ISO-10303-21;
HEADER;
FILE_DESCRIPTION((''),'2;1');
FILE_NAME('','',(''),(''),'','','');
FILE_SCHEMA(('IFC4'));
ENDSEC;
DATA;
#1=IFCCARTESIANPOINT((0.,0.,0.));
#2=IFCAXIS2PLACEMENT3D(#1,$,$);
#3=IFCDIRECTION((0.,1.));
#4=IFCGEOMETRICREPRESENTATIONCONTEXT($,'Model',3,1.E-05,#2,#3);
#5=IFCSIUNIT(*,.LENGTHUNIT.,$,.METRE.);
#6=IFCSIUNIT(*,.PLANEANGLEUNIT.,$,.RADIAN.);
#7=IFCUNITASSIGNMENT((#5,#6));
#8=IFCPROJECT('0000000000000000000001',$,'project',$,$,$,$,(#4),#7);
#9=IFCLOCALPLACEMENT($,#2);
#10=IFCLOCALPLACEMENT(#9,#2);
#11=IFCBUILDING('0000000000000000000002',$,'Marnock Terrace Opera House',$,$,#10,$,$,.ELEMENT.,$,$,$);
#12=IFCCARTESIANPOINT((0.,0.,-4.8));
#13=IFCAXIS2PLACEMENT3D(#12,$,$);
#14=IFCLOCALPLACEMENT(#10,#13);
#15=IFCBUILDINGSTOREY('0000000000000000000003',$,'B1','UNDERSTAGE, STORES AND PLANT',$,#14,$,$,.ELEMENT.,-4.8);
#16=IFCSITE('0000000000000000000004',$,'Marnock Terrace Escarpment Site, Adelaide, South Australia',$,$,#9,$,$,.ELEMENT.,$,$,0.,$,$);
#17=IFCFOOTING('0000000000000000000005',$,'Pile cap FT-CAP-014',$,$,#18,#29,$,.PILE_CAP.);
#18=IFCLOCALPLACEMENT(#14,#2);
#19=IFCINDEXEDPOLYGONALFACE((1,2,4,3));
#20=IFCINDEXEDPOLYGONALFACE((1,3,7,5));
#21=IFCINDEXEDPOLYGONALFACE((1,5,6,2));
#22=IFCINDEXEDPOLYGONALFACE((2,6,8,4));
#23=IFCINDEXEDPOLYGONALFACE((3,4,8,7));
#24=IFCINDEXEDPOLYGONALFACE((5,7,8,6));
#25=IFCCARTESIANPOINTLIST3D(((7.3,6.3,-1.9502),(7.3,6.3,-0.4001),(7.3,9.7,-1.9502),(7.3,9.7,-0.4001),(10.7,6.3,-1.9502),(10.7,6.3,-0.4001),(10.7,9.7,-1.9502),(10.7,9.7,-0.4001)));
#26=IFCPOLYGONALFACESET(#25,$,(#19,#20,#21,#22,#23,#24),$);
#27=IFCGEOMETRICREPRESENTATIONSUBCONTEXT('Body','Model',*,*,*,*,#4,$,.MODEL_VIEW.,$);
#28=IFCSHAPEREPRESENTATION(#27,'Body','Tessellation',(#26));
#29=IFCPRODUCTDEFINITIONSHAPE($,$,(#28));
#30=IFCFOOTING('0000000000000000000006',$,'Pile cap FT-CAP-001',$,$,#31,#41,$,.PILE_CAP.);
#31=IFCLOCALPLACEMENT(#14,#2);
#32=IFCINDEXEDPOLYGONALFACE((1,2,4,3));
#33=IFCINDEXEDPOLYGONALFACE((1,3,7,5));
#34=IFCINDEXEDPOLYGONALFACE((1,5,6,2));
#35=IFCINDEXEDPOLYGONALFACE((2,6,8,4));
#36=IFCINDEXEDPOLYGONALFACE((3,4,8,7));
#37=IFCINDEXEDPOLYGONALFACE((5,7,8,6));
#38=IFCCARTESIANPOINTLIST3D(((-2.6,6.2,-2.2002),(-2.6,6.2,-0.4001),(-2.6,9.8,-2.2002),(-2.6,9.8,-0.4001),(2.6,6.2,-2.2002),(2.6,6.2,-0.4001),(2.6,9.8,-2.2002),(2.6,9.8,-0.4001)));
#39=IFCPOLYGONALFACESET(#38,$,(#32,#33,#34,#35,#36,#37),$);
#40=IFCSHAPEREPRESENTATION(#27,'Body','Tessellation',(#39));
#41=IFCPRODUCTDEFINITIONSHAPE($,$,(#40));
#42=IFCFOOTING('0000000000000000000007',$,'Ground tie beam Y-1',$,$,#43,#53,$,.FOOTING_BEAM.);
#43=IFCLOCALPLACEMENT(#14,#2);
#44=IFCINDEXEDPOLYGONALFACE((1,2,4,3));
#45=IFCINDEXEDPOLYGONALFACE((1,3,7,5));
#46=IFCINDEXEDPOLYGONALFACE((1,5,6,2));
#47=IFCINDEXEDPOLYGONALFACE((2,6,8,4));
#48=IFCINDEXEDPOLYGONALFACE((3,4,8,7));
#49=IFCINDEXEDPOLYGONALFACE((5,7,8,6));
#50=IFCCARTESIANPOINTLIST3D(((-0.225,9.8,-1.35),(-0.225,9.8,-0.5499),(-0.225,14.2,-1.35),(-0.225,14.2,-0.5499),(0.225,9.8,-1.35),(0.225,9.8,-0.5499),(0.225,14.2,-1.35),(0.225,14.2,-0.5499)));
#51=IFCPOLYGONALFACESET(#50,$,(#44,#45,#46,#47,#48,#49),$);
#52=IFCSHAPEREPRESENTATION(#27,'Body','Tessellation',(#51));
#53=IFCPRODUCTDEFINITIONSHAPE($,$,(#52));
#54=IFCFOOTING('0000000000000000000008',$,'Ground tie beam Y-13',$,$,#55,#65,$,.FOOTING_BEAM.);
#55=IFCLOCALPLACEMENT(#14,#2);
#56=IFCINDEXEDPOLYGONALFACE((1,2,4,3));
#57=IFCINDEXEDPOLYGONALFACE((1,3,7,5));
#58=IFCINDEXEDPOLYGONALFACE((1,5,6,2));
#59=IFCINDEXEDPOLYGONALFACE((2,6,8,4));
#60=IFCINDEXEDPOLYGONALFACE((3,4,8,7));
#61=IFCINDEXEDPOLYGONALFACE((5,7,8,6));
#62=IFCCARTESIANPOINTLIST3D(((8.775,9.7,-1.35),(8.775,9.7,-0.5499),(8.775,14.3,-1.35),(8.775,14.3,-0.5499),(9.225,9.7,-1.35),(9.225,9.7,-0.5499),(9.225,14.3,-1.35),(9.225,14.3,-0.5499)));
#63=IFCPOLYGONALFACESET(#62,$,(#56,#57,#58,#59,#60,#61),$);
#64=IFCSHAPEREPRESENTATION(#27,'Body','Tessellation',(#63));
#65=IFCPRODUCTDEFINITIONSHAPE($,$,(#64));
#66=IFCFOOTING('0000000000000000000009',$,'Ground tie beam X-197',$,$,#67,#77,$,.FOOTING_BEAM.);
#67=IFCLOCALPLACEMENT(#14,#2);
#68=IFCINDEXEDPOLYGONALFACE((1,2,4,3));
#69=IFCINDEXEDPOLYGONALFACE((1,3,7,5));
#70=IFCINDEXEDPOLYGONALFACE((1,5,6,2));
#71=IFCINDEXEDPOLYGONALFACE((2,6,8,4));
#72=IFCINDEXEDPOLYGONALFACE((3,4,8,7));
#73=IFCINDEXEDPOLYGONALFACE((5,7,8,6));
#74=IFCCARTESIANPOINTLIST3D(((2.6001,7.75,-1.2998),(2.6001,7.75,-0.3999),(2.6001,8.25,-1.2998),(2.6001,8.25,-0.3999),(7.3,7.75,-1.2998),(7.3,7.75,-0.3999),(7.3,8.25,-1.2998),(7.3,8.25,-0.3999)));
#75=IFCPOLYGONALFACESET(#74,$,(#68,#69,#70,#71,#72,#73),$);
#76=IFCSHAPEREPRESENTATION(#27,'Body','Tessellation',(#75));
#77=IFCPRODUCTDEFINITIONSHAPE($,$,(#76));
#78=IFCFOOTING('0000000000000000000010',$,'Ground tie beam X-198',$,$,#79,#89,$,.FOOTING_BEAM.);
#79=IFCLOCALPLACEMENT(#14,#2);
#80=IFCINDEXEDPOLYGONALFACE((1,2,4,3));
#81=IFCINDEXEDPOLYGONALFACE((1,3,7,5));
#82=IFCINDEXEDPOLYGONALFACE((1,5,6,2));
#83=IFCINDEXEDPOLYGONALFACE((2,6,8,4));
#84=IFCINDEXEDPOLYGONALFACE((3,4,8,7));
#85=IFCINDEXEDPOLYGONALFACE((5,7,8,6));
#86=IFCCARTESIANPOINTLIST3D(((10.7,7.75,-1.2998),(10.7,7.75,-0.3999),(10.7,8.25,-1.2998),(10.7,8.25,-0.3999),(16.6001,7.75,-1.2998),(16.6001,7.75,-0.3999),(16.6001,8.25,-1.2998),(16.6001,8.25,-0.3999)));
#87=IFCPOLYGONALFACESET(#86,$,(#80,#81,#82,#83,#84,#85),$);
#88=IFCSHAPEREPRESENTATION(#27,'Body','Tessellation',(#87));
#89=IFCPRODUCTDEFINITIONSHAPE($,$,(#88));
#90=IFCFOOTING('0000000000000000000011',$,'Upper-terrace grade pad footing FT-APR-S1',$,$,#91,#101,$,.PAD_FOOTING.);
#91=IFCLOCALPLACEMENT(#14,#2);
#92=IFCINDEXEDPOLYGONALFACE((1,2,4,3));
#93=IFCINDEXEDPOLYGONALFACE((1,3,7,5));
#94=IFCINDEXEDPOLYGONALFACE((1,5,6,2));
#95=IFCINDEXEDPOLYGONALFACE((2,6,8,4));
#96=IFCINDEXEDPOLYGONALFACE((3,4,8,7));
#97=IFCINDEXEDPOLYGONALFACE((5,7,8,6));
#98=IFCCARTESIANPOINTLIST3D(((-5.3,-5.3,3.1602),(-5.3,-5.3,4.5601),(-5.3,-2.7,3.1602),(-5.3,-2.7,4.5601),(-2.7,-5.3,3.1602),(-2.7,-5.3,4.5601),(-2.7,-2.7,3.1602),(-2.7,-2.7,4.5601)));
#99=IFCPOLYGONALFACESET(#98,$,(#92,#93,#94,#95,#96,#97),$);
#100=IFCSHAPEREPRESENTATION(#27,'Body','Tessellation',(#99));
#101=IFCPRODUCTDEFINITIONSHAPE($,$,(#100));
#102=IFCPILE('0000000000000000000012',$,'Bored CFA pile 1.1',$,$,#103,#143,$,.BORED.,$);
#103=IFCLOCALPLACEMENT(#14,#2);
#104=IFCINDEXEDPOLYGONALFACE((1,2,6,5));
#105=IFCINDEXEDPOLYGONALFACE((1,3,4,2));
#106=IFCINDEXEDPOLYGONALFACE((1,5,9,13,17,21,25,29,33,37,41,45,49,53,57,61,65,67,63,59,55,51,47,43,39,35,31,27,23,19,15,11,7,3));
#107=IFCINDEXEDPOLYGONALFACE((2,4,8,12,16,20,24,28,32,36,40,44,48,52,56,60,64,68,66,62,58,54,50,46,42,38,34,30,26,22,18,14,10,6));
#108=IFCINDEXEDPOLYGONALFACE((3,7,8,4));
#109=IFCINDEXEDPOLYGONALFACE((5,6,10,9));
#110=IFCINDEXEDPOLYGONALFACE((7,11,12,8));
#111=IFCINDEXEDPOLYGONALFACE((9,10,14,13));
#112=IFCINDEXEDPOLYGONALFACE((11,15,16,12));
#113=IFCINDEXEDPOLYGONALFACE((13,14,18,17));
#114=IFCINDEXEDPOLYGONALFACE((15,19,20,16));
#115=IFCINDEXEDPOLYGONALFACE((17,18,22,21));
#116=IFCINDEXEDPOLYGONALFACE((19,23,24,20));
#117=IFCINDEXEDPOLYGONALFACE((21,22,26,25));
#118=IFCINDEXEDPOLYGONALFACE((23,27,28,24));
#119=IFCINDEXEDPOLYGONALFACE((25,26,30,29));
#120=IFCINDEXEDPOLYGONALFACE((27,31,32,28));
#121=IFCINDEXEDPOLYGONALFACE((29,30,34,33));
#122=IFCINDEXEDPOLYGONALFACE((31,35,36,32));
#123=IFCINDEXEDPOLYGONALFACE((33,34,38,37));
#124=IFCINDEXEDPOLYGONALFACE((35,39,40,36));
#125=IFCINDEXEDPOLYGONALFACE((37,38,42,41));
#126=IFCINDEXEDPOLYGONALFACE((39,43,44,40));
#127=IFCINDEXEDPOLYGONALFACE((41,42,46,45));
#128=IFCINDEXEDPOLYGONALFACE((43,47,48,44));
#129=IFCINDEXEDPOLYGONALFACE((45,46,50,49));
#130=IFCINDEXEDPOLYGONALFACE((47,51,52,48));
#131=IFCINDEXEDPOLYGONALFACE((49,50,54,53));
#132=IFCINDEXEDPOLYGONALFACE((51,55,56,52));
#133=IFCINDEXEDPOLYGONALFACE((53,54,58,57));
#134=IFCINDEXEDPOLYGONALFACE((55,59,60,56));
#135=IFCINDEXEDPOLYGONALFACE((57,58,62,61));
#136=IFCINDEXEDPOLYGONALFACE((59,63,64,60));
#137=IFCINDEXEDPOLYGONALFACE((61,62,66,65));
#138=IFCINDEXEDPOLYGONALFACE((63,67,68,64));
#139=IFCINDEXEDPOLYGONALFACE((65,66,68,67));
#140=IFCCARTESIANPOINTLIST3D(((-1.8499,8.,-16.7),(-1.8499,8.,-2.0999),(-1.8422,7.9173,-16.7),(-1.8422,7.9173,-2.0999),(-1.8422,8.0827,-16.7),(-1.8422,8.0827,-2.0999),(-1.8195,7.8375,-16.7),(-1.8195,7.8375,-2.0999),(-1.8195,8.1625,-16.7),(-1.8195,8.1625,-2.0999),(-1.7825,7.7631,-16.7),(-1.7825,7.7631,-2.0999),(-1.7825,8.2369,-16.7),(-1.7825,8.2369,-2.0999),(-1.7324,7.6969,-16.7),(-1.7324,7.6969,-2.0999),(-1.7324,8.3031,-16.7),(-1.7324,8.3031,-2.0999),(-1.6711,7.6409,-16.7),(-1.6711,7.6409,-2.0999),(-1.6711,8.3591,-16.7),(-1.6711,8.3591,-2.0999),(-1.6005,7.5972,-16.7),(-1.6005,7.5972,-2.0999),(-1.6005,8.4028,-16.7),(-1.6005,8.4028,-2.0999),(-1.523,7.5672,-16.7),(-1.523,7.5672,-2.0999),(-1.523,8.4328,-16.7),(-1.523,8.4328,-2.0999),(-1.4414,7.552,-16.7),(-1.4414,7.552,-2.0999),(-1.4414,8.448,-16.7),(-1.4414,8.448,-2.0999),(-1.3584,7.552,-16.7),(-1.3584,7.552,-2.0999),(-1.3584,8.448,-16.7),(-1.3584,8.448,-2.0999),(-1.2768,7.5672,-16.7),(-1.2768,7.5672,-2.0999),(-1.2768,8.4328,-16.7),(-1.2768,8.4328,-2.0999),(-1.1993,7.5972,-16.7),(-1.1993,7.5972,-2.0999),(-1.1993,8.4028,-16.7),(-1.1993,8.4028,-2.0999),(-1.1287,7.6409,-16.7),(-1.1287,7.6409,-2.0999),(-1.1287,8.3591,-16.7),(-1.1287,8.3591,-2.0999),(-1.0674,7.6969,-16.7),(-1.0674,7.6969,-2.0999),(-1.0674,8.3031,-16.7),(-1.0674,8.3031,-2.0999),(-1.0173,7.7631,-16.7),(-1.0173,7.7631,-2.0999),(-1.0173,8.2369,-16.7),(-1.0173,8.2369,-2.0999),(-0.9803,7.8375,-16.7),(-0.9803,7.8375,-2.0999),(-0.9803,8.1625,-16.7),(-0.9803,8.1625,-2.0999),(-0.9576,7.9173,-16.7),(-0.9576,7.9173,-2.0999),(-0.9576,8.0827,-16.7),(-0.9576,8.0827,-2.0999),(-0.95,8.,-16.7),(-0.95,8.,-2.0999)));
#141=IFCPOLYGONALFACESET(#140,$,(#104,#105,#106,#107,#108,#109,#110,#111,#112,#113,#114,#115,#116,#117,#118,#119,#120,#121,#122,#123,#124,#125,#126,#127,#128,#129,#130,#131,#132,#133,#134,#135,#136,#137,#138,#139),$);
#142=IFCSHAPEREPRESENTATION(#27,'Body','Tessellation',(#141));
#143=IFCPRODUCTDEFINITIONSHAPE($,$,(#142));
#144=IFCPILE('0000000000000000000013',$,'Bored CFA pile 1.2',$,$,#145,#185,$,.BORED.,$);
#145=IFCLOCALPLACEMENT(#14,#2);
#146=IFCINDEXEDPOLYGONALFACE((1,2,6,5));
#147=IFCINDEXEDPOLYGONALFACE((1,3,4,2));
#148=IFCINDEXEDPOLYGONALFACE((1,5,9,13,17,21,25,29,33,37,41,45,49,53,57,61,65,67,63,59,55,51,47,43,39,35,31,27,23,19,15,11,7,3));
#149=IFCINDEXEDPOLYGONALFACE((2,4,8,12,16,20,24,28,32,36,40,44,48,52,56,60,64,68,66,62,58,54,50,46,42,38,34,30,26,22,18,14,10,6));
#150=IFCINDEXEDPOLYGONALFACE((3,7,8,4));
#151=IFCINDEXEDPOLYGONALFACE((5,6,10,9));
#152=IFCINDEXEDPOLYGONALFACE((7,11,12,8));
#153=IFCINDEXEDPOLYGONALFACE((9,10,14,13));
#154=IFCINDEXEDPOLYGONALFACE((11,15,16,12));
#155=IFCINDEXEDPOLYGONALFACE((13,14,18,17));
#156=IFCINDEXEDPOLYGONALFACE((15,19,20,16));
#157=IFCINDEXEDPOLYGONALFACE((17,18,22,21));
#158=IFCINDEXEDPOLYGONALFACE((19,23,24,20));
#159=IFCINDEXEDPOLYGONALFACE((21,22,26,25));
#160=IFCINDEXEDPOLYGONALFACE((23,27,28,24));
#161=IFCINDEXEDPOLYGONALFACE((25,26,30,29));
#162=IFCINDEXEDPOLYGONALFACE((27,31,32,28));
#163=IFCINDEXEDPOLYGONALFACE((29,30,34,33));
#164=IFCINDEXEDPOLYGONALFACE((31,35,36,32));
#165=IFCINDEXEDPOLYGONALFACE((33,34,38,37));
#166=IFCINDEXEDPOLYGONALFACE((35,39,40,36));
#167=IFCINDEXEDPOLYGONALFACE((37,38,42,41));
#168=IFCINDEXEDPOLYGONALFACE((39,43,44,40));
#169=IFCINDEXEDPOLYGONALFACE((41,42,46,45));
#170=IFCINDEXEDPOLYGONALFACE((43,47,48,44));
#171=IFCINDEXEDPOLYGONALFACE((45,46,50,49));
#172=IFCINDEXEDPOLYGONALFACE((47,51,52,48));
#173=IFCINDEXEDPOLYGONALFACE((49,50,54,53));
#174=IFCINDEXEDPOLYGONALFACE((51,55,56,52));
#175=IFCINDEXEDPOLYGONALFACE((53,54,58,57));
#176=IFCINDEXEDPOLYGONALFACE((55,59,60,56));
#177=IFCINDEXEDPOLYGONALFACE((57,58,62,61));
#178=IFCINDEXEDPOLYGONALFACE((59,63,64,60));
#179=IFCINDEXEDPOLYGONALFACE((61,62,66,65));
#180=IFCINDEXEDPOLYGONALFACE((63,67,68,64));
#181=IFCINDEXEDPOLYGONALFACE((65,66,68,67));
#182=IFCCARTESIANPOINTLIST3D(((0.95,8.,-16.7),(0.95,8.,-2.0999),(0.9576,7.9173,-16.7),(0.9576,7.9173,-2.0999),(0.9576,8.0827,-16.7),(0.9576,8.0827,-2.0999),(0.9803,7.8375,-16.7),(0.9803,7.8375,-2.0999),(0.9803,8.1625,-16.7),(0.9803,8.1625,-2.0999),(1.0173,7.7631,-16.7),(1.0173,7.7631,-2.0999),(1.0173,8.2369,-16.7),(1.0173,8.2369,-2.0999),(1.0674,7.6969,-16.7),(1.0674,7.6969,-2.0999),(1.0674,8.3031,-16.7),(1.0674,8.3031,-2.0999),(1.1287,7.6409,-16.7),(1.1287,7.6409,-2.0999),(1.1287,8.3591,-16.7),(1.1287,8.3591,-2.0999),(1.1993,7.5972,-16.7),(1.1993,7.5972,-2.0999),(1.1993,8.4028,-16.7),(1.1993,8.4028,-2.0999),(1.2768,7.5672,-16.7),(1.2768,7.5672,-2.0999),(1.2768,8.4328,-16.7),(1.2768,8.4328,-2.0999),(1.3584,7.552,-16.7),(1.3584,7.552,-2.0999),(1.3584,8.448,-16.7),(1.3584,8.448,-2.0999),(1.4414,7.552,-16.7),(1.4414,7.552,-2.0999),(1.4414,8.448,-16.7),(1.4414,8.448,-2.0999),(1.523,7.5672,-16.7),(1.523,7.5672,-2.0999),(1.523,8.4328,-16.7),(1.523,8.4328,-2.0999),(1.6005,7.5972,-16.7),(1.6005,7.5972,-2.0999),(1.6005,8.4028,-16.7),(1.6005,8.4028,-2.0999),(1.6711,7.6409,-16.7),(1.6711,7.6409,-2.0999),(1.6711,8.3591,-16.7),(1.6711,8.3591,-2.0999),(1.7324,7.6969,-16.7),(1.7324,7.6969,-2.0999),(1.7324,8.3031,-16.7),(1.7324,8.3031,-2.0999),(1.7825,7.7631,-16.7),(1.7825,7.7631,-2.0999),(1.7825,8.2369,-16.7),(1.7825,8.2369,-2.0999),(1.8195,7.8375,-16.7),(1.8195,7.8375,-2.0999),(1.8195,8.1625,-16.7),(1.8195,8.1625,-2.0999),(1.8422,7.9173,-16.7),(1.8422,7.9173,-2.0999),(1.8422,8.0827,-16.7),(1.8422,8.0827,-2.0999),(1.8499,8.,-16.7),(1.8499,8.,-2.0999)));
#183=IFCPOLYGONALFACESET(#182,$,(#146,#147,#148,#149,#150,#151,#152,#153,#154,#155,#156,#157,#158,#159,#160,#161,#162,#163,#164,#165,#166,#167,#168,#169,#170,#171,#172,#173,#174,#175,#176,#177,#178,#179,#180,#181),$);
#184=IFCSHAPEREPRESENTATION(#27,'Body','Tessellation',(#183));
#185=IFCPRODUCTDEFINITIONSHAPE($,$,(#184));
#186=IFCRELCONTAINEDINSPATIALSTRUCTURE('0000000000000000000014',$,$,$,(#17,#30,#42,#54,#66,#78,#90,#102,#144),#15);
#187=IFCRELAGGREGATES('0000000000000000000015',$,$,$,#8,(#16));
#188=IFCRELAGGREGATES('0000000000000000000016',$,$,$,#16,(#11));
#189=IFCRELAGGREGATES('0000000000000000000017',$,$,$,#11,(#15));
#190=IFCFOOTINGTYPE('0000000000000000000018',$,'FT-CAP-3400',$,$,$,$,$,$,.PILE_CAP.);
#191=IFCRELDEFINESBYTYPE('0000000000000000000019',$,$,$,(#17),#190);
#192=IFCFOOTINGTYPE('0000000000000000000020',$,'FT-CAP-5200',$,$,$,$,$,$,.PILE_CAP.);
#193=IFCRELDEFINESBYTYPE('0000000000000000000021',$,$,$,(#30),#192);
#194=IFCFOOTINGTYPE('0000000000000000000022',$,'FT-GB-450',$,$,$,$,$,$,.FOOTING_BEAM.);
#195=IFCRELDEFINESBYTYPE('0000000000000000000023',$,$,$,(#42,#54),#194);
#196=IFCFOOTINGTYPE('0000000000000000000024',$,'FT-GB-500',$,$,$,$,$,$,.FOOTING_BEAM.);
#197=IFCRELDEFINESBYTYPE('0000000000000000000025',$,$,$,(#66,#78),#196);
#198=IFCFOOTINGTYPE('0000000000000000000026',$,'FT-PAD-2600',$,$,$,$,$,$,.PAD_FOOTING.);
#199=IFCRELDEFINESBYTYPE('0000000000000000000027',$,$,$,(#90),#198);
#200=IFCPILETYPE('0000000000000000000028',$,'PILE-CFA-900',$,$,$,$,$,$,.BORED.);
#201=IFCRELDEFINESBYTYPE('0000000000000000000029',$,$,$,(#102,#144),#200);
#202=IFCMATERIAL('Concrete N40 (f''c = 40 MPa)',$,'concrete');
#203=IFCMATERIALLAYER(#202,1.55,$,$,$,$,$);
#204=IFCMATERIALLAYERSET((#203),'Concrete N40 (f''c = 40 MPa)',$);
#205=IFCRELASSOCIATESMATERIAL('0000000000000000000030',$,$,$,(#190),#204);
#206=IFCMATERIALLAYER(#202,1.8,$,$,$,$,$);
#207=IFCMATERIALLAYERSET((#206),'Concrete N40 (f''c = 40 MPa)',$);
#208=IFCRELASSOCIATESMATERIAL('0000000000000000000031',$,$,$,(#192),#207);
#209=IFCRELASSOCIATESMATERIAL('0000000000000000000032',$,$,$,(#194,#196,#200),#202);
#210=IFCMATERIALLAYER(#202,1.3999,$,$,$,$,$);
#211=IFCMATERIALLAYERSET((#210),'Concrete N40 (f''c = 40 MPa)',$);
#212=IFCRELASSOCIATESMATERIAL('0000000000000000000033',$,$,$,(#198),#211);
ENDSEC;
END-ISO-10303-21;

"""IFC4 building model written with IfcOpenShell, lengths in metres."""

from ifc_helpers import new_model, si_unit, direction, frame, origin, origin_2d, place, context, subcontext, project, spatial, rectangle, circle, extrude, material, layer, layer_set, material_profile, profile_set, type_object, element, save


model = new_model("IFC4")

# Units and contexts
model_context = context("Model", 3, precision=1e-05, world=origin(), true_north=direction((0.0, 1.0)))
body_context = subcontext(model_context, "Body", "Model", "MODEL_VIEW")
ifc_project = project(units=[si_unit("LENGTHUNIT", "METRE"), si_unit("PLANEANGLEUNIT", "RADIAN")], contexts=[model_context])

# Site, building, storey
site_placement = place(None, origin())
site = spatial("IfcSite", under=ifc_project, at=site_placement, Name="Marnock Terrace Escarpment Site, Adelaide, South Australia", CompositionType="ELEMENT", RefElevation=0.0)
building_placement = place(site_placement, origin())
building = spatial("IfcBuilding", under=site, at=building_placement, Name="Marnock Terrace Opera House", CompositionType="ELEMENT")
storey_placement = place(building_placement, frame((0.0, 0.0, -4.8)))
storey = spatial("IfcBuildingStorey", under=building, at=storey_placement, Name="B1", Description="UNDERSTAGE, STORES AND PLANT", CompositionType="ELEMENT", Elevation=-4.8)

# Footings
ifc_material_1 = material(Name="Concrete N40 (f'c = 40 MPa)", Category="concrete")
ifc_layer_1 = layer(ifc_material_1, 1.55)
ifc_layer_set_1 = layer_set([ifc_layer_1], Name="Concrete N40 (f'c = 40 MPa)")
footing_type_1 = type_object("IfcFootingType", Name="FT-CAP-3400", PredefinedType="PILE_CAP", material=ifc_layer_set_1)
footing_1_placement = place(storey_placement, frame((9.0, 8.0, -1.9502), z_axis=(0.0, 0.0, 1.0), x_axis=(1.0, 0.0, 0.0)))
element("IfcFooting", 1, at=footing_1_placement, inside=storey, type_object=footing_type_1, Name="Pile cap FT-CAP-014", PredefinedType="PILE_CAP", context=body_context, shape_type="SweptSolid", body=[
    extrude(rectangle(XDim=3.3999, YDim=3.3999, at=origin_2d()), origin(), (0.0, 0.0, 1.0), 1.55),
])
ifc_layer_2 = layer(ifc_material_1, 1.8)
ifc_layer_set_2 = layer_set([ifc_layer_2], Name="Concrete N40 (f'c = 40 MPa)")
footing_type_2 = type_object("IfcFootingType", Name="FT-CAP-5200", PredefinedType="PILE_CAP", material=ifc_layer_set_2)
footing_2_placement = place(storey_placement, frame((0.0, 8.0, -2.2002), z_axis=(0.0, 0.0, 1.0), x_axis=(1.0, 0.0, 0.0)))
element("IfcFooting", 2, at=footing_2_placement, inside=storey, type_object=footing_type_2, Name="Pile cap FT-CAP-001", PredefinedType="PILE_CAP", context=body_context, shape_type="SweptSolid", body=[
    extrude(rectangle(XDim=5.2, YDim=3.6001, at=origin_2d()), origin(), (0.0, 0.0, 1.0), 1.8),
])
ifc_material_profile_1 = material_profile(ifc_material_1, rectangle(XDim=0.45, YDim=0.8, at=origin_2d()))
ifc_profile_set_1 = profile_set([ifc_material_profile_1], Name="Concrete N40 (f'c = 40 MPa)")
footing_type_3 = type_object("IfcFootingType", Name="FT-GB-450", PredefinedType="FOOTING_BEAM", material=ifc_profile_set_1)
footing_3_placement = place(storey_placement, frame((0.0, 9.8, -0.95), z_axis=(0.0, 1.0, 0.0), x_axis=(-1.0, 0.0, 0.0)))
element("IfcFooting", 3, at=footing_3_placement, inside=storey, type_object=footing_type_3, Name="Ground tie beam Y-1", PredefinedType="FOOTING_BEAM", context=body_context, shape_type="SweptSolid", body=[
    extrude(rectangle(XDim=0.45, YDim=0.8, at=origin_2d()), origin(), (0.0, 0.0, 1.0), 4.3999),
])
footing_4_placement = place(storey_placement, frame((9.0, 9.7, -0.95), z_axis=(0.0, 1.0, 0.0), x_axis=(-1.0, 0.0, 0.0)))
element("IfcFooting", 4, at=footing_4_placement, inside=storey, type_object=footing_type_3, Name="Ground tie beam Y-13", PredefinedType="FOOTING_BEAM", context=body_context, shape_type="SweptSolid", body=[
    extrude(rectangle(XDim=0.45, YDim=0.8, at=origin_2d()), origin(), (0.0, 0.0, 1.0), 4.6001),
])
ifc_material_profile_2 = material_profile(ifc_material_1, rectangle(XDim=0.5, YDim=0.8999, at=origin_2d()))
ifc_profile_set_2 = profile_set([ifc_material_profile_2], Name="Concrete N40 (f'c = 40 MPa)")
footing_type_4 = type_object("IfcFootingType", Name="FT-GB-500", PredefinedType="FOOTING_BEAM", material=ifc_profile_set_2)
footing_5_placement = place(storey_placement, frame((2.6001, 8.0, -0.8499), z_axis=(1.0, 0.0, 0.0), x_axis=(0.0, 1.0, 0.0)))
element("IfcFooting", 5, at=footing_5_placement, inside=storey, type_object=footing_type_4, Name="Ground tie beam X-197", PredefinedType="FOOTING_BEAM", context=body_context, shape_type="SweptSolid", body=[
    extrude(rectangle(XDim=0.5, YDim=0.8999, at=origin_2d()), origin(), (0.0, 0.0, 1.0), 4.7),
])
footing_6_placement = place(storey_placement, frame((10.7, 8.0, -0.8499), z_axis=(1.0, 0.0, 0.0), x_axis=(0.0, 1.0, 0.0)))
element("IfcFooting", 6, at=footing_6_placement, inside=storey, type_object=footing_type_4, Name="Ground tie beam X-198", PredefinedType="FOOTING_BEAM", context=body_context, shape_type="SweptSolid", body=[
    extrude(rectangle(XDim=0.5, YDim=0.8999, at=origin_2d()), origin(), (0.0, 0.0, 1.0), 5.9001),
])
ifc_layer_3 = layer(ifc_material_1, 1.3999)
ifc_layer_set_3 = layer_set([ifc_layer_3], Name="Concrete N40 (f'c = 40 MPa)")
footing_type_5 = type_object("IfcFootingType", Name="FT-PAD-2600", PredefinedType="PAD_FOOTING", material=ifc_layer_set_3)
footing_7_placement = place(storey_placement, frame((-4.0, -4.0, 3.1602), z_axis=(0.0, 0.0, 1.0), x_axis=(1.0, 0.0, 0.0)))
element("IfcFooting", 7, at=footing_7_placement, inside=storey, type_object=footing_type_5, Name="Upper-terrace grade pad footing FT-APR-S1", PredefinedType="PAD_FOOTING", context=body_context, shape_type="SweptSolid", body=[
    extrude(rectangle(XDim=2.6001, YDim=2.6001, at=origin_2d()), origin(), (0.0, 0.0, 1.0), 1.3999),
])

# Piles
ifc_material_profile_3 = material_profile(ifc_material_1, circle(Radius=0.45, at=origin_2d()))
ifc_profile_set_3 = profile_set([ifc_material_profile_3], Name="Concrete N40 (f'c = 40 MPa)")
pile_type = type_object("IfcPileType", Name="PILE-CFA-900", PredefinedType="BORED", material=ifc_profile_set_3)
for number, where, z_axis, x_axis, name in (
    (8, (-1.3999, 8.0, -2.0999), (0.0, 0.0, -1.0), (1.0, 0.0, 0.0), "Bored CFA pile 1.1"),
    (9, (1.3999, 8.0, -2.0999), (0.0, 0.0, -1.0), (1.0, 0.0, 0.0), "Bored CFA pile 1.2"),
):
    element("IfcPile", number, at=place(storey_placement, frame(where, z_axis=z_axis, x_axis=x_axis)), inside=storey, type_object=pile_type, Name=name, PredefinedType="BORED", context=body_context, shape_type="SweptSolid", body=[
        extrude(circle(Radius=0.45, at=origin_2d()), origin(), (0.0, 0.0, 1.0), 14.6001),
    ])

save(model, "model.ifc")
